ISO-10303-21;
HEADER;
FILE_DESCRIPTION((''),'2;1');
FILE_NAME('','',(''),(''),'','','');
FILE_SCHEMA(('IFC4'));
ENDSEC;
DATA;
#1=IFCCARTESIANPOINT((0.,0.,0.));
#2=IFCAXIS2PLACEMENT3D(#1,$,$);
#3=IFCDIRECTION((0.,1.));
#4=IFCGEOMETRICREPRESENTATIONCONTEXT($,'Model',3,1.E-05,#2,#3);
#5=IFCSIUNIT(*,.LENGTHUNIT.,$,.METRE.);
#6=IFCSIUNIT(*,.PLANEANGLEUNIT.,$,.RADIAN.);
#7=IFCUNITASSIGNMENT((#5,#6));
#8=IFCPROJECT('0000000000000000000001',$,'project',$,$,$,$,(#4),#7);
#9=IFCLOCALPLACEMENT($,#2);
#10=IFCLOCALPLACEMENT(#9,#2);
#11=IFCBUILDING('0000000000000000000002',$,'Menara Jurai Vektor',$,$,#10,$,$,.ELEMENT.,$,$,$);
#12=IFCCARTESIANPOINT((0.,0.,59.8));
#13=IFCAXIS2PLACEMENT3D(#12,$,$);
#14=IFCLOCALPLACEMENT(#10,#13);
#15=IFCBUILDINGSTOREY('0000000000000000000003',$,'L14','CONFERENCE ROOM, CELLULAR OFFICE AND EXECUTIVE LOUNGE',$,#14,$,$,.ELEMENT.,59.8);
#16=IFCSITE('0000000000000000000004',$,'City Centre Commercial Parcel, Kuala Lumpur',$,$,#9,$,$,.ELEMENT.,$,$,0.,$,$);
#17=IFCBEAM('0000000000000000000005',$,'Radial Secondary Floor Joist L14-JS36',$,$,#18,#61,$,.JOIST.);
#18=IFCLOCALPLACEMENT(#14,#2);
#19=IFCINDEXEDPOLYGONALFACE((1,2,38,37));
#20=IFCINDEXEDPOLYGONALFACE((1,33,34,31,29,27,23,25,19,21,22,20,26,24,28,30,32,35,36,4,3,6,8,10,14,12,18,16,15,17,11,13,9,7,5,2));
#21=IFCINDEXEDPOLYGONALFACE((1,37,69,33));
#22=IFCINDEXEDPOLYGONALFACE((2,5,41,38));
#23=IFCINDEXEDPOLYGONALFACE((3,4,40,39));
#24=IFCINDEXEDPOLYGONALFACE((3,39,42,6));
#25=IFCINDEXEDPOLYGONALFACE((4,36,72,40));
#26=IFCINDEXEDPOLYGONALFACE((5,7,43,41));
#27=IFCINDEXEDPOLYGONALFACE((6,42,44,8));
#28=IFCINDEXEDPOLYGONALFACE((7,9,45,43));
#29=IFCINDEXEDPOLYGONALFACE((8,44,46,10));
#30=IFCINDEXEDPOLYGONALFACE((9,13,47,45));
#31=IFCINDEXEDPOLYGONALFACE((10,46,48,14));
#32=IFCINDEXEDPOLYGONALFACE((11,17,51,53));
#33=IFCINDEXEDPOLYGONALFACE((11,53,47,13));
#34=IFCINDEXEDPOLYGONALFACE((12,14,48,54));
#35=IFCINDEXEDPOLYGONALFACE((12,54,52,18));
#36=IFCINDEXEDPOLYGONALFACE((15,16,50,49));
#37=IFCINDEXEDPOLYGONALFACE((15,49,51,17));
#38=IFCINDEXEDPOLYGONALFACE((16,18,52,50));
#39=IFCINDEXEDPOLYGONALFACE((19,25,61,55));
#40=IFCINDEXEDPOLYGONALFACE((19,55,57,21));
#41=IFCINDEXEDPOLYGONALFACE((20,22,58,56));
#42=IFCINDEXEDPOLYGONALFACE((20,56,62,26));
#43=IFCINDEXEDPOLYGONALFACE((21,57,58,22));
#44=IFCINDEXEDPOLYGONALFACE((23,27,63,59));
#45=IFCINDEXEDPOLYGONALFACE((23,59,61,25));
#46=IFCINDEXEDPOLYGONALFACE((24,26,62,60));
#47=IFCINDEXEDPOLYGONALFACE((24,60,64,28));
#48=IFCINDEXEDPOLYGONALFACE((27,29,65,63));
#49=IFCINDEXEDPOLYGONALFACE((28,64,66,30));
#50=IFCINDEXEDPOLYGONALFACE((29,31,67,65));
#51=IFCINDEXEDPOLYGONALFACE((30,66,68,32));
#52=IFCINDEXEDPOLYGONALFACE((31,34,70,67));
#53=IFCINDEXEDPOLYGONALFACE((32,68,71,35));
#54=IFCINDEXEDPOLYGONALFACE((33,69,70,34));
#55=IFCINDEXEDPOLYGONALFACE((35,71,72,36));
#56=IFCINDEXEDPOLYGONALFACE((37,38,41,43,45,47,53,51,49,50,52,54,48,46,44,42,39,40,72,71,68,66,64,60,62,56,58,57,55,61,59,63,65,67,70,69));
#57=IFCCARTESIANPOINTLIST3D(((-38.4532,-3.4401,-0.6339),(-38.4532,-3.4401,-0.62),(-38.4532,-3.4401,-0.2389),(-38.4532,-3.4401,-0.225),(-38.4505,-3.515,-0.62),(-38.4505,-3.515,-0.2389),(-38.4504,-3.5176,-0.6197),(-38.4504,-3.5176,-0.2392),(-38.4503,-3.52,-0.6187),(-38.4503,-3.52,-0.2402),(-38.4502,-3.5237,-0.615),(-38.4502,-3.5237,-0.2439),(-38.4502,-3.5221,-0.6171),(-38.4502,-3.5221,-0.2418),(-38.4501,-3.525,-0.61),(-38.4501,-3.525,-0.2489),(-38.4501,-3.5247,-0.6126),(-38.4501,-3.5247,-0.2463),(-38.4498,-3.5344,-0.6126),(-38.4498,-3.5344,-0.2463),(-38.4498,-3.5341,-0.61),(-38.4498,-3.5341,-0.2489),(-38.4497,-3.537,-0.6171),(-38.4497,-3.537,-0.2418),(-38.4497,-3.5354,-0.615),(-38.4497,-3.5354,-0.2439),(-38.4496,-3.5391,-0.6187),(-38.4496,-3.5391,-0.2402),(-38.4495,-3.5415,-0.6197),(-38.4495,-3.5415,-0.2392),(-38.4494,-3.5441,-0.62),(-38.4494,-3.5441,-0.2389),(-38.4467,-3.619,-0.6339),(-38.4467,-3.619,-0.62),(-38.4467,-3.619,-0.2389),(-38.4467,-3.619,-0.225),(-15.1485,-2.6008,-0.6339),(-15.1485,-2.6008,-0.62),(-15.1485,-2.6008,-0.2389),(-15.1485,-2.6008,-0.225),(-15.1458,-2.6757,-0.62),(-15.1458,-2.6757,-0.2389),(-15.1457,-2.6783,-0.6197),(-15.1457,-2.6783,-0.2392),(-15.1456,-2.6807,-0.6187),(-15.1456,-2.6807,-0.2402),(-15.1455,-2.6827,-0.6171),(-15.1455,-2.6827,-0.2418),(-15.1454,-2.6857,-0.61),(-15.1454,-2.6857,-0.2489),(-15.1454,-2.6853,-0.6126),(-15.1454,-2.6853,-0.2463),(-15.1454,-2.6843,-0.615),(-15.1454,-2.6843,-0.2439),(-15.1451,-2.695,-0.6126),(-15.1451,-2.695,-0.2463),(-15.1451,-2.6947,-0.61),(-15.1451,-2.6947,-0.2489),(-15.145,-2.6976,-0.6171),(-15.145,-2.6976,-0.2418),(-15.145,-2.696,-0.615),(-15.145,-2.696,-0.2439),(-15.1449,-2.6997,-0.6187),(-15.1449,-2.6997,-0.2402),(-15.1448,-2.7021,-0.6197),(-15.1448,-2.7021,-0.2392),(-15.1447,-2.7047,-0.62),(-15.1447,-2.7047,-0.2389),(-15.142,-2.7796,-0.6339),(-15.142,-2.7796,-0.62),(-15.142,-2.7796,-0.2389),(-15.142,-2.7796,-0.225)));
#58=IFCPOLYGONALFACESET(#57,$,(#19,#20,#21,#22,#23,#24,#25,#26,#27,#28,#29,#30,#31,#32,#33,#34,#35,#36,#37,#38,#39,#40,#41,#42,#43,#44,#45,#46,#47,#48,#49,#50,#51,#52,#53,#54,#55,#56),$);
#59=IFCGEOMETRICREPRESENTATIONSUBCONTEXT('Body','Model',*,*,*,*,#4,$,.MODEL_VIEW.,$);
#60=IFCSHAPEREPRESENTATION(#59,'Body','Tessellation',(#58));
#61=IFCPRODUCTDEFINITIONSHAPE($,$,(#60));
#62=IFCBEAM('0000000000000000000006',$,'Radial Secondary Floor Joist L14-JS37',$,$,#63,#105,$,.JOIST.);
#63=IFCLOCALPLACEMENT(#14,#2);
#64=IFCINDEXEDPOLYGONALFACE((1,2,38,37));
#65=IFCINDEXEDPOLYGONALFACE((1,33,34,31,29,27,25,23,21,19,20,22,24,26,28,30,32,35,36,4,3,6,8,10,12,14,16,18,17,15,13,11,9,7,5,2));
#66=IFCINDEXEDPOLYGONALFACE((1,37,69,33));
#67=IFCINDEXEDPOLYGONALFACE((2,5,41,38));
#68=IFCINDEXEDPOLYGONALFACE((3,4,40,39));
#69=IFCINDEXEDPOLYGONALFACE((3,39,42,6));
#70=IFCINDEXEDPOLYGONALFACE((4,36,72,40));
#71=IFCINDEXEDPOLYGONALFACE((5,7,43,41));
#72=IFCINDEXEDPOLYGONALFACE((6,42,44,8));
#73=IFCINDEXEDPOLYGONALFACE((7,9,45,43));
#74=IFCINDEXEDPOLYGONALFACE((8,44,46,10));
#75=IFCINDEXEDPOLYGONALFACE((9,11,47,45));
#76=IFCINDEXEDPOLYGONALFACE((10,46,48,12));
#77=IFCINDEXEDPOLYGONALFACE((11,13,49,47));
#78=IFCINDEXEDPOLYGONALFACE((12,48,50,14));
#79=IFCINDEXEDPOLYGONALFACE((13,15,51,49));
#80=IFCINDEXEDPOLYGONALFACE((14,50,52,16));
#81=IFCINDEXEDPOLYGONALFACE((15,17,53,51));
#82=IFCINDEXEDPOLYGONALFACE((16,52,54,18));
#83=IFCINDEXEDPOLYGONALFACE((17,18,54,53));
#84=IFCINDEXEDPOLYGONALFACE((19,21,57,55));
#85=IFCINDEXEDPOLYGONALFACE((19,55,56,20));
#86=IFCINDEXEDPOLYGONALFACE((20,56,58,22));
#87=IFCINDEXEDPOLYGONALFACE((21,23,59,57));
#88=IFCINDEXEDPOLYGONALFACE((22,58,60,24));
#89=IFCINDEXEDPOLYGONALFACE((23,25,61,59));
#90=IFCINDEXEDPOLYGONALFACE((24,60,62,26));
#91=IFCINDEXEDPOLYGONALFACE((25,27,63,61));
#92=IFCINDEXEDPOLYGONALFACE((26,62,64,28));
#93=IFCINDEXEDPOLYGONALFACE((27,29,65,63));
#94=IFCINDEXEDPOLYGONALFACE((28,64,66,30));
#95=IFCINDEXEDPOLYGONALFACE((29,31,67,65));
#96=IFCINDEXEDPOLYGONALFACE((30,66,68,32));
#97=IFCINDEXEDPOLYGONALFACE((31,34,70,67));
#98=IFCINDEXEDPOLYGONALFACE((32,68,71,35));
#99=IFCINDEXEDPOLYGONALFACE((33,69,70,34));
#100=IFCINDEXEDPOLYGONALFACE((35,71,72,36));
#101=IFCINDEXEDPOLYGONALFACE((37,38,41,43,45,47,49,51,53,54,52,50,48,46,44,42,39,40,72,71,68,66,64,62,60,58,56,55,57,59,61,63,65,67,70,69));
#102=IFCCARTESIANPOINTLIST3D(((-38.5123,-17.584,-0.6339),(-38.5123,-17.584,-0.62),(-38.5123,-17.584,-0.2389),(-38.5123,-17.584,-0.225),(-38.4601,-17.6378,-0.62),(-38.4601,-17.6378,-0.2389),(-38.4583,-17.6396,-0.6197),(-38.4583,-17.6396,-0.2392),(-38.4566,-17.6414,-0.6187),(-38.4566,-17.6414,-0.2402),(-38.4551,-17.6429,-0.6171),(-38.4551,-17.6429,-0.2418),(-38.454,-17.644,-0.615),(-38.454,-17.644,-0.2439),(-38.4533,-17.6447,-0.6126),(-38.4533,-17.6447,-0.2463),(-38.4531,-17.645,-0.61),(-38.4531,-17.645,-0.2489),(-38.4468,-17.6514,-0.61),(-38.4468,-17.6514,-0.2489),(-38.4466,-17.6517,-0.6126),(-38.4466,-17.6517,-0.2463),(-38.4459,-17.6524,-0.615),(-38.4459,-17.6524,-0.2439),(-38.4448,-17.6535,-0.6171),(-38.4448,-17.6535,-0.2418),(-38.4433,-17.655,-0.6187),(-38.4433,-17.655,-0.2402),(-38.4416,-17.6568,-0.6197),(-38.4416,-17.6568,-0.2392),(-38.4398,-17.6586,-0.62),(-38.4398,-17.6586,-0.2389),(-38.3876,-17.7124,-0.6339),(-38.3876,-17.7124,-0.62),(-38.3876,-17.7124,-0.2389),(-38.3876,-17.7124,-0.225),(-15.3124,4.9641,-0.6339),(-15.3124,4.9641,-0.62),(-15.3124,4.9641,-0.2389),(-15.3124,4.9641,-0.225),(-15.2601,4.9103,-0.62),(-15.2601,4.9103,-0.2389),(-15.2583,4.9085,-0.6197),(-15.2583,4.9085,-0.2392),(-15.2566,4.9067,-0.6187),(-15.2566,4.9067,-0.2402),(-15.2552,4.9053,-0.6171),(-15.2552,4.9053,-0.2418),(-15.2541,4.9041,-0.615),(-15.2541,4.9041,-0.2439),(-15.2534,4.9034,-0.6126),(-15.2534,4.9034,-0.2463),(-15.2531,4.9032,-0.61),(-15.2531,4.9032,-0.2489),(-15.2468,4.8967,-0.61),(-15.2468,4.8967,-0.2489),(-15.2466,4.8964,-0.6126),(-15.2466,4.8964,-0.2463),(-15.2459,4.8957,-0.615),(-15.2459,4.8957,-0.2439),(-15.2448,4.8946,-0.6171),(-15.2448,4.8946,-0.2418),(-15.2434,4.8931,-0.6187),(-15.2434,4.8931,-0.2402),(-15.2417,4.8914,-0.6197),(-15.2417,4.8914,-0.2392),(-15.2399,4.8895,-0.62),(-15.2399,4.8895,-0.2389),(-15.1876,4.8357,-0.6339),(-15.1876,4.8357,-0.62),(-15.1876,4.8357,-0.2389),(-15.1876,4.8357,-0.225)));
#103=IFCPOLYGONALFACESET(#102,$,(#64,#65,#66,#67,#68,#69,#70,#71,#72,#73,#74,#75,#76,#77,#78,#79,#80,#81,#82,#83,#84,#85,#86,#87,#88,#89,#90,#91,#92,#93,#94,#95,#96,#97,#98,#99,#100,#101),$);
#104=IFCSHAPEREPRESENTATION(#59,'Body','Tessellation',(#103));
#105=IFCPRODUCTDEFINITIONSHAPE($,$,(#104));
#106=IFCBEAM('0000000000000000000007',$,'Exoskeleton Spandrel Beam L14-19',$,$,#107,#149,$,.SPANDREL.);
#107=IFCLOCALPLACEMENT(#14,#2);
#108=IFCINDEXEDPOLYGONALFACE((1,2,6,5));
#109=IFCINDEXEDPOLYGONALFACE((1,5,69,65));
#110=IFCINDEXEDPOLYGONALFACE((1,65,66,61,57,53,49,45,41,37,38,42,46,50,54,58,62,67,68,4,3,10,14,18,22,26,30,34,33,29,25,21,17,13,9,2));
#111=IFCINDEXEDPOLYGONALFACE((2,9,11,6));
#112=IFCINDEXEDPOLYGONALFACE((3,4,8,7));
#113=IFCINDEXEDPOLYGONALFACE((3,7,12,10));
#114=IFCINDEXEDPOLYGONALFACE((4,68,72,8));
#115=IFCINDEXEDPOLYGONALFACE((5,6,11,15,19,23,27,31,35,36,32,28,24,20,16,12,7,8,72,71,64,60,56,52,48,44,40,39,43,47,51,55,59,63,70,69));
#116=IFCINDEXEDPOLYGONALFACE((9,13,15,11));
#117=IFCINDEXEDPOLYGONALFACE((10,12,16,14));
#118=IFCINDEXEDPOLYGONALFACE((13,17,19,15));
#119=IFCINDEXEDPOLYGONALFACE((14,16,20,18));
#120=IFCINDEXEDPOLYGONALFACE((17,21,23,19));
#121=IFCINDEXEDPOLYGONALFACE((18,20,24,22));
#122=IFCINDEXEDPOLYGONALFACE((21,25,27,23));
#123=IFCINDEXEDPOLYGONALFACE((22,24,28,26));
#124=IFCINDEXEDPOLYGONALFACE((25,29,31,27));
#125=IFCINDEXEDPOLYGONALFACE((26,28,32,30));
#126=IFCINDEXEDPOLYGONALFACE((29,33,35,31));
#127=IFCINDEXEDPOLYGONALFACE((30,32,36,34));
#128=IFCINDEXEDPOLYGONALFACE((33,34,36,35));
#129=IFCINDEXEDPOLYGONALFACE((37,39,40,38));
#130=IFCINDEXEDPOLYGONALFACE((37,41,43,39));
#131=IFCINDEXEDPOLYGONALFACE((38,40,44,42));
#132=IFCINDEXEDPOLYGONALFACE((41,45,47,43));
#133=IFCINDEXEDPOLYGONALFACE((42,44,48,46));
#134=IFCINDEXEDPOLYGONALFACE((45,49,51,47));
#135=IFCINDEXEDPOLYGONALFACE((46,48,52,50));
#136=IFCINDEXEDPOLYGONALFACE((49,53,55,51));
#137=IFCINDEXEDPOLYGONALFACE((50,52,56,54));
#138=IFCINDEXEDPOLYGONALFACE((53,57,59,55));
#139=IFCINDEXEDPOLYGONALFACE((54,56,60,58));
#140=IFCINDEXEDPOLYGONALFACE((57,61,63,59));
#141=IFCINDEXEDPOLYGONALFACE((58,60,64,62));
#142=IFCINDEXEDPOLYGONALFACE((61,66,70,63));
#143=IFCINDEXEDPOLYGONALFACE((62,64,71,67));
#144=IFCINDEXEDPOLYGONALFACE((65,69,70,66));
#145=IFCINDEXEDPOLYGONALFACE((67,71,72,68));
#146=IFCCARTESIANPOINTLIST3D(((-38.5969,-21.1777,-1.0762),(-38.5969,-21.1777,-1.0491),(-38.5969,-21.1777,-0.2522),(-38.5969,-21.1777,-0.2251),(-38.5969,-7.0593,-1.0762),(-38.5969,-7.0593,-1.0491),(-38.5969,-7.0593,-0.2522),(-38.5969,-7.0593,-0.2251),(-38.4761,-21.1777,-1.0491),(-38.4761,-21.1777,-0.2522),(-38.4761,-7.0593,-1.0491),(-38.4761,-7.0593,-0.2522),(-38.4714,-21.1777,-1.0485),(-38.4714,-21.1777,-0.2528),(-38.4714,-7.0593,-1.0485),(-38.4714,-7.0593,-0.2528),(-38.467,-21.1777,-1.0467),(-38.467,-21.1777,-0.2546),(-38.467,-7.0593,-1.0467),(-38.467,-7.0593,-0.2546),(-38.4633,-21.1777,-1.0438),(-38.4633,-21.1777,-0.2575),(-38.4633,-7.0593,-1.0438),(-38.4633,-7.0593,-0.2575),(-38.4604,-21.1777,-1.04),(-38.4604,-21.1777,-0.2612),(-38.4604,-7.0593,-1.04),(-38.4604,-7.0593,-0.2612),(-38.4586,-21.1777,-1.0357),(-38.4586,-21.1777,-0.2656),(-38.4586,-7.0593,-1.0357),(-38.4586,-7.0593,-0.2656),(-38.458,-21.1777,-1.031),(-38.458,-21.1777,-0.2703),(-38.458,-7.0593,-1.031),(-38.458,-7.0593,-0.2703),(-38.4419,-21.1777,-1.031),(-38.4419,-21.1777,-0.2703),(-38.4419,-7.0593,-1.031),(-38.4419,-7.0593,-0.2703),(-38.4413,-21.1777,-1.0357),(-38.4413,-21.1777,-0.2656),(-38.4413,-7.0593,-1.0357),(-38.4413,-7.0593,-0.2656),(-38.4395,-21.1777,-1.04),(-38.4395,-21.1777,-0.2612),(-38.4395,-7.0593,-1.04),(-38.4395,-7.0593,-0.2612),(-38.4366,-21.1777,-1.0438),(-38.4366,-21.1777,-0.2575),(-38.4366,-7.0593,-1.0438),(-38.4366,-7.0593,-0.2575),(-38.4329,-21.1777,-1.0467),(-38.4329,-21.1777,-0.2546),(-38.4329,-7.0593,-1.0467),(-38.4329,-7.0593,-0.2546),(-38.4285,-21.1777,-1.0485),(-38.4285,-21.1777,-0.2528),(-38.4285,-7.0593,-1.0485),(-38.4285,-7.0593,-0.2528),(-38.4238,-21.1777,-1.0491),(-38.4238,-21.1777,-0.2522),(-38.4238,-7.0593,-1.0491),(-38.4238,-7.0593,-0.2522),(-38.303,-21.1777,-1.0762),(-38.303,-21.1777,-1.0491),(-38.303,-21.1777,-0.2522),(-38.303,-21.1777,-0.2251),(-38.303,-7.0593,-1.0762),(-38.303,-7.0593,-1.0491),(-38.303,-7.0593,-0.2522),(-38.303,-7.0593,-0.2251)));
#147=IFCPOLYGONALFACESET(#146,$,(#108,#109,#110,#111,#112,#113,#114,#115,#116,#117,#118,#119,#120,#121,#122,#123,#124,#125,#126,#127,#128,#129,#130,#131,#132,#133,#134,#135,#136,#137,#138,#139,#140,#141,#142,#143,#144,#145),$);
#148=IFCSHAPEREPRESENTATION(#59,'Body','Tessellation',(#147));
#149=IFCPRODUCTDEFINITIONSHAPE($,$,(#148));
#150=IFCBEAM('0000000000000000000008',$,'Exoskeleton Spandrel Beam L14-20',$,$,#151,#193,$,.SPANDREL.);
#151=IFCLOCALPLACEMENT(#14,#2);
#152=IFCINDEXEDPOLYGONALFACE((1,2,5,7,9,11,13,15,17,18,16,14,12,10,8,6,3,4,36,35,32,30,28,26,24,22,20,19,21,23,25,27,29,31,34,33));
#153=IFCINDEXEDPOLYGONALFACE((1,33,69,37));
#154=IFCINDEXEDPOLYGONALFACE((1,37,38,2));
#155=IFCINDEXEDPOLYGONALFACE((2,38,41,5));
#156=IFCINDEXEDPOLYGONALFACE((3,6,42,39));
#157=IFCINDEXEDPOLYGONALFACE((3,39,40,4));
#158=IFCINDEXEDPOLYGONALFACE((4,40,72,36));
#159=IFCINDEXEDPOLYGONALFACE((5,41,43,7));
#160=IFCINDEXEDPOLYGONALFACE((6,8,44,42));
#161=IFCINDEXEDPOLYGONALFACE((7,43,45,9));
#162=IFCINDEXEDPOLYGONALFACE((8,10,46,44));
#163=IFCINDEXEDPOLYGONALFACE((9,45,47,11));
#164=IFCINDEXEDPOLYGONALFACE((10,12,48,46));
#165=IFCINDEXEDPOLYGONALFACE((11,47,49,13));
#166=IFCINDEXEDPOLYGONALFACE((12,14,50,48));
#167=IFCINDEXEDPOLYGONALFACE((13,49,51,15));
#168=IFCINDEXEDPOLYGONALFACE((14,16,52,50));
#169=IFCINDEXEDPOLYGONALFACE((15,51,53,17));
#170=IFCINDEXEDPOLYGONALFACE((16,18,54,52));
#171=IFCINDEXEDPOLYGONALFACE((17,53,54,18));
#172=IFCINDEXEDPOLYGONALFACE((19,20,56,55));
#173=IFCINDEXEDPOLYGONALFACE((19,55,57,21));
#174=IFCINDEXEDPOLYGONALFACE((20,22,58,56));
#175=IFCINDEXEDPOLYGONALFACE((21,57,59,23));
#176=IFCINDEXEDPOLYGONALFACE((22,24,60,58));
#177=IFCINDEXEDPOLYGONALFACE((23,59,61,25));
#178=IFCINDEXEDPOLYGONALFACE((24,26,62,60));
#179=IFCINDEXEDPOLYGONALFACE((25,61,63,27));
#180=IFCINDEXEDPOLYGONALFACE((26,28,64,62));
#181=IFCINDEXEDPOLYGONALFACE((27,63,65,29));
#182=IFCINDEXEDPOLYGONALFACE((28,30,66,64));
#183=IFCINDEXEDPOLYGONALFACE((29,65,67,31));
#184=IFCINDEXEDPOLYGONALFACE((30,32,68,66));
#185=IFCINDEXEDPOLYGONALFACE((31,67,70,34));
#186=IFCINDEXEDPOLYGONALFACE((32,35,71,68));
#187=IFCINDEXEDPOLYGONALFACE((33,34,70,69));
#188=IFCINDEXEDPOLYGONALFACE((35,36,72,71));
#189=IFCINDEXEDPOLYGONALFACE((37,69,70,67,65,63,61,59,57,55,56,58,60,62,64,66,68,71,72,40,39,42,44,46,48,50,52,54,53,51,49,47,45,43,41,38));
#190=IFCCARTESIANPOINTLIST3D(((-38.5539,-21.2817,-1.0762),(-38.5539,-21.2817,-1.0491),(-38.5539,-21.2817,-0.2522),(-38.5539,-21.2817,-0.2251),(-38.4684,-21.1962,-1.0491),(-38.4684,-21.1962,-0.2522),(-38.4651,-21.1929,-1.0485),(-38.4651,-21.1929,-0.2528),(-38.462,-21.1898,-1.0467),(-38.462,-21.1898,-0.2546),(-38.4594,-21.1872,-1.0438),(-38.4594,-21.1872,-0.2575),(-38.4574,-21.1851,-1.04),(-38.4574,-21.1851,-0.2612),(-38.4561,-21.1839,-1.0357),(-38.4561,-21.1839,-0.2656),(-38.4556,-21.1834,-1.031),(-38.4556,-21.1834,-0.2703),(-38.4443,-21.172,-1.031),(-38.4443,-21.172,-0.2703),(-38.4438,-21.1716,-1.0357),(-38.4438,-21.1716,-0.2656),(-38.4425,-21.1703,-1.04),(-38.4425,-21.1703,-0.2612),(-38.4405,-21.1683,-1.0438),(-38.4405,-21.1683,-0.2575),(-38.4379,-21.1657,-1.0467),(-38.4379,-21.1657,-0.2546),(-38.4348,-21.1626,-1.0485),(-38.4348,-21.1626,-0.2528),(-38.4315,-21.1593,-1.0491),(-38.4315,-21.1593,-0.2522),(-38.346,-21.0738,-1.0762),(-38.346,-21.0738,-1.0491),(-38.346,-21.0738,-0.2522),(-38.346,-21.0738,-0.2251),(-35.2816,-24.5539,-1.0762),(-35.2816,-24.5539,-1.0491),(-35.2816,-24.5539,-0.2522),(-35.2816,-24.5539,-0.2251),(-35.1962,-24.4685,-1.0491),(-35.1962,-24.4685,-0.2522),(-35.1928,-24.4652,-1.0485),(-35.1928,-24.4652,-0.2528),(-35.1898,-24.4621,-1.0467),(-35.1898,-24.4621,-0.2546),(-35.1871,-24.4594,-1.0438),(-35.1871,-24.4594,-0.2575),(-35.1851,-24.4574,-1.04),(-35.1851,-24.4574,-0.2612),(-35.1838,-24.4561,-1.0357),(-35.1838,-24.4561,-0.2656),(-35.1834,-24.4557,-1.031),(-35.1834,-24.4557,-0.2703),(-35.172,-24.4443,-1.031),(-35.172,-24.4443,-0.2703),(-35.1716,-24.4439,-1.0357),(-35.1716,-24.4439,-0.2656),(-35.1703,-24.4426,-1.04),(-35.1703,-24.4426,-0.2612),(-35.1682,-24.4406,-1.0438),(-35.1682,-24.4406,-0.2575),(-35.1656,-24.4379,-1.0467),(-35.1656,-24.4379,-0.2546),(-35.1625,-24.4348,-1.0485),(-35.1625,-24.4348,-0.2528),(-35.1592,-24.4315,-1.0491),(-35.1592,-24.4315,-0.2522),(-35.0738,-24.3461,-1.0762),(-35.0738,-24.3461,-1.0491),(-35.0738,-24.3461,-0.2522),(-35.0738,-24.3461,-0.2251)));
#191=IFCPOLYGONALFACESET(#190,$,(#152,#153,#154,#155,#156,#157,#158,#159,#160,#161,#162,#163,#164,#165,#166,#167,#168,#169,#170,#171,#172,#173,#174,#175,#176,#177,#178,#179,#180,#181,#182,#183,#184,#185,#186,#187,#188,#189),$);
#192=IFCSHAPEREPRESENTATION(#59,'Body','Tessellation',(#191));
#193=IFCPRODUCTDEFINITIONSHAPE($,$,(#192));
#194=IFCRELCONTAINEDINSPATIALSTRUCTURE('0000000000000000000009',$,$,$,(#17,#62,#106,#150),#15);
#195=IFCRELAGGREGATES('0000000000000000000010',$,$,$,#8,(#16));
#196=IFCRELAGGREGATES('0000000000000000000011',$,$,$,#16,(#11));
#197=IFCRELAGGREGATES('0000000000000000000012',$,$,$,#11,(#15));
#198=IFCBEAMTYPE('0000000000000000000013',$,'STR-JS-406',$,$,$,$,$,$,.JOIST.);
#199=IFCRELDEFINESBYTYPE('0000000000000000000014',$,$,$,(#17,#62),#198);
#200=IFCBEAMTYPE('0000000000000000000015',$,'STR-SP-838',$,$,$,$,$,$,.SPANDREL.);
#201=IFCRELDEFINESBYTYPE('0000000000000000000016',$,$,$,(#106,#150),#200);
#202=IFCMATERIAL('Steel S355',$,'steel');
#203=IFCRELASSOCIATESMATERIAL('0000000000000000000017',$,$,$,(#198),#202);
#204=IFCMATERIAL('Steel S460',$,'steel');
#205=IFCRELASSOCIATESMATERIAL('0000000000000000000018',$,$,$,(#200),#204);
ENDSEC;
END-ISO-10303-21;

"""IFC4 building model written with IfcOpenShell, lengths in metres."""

from ifc_helpers import new_model, si_unit, direction, frame, origin, origin_2d, place, context, subcontext, project, spatial, i_section, extrude, material, material_profile, profile_set, type_object, element, save


model = new_model("IFC4")

# Units and contexts
model_context = context("Model", 3, precision=1e-05, world=origin(), true_north=direction((0.0, 1.0)))
body_context = subcontext(model_context, "Body", "Model", "MODEL_VIEW")
ifc_project = project(units=[si_unit("LENGTHUNIT", "METRE"), si_unit("PLANEANGLEUNIT", "RADIAN")], contexts=[model_context])

# Site, building, storey
site_placement = place(None, origin())
site = spatial("IfcSite", under=ifc_project, at=site_placement, Name="City Centre Commercial Parcel, Kuala Lumpur", CompositionType="ELEMENT", RefElevation=0.0)
building_placement = place(site_placement, origin())
building = spatial("IfcBuilding", under=site, at=building_placement, Name="Menara Jurai Vektor", CompositionType="ELEMENT")
storey_placement = place(building_placement, frame((0.0, 0.0, 59.8)))
storey = spatial("IfcBuildingStorey", under=building, at=storey_placement, Name="L14", Description="CONFERENCE ROOM, CELLULAR OFFICE AND EXECUTIVE LOUNGE", CompositionType="ELEMENT", Elevation=59.8)

# Shared definitions
ifc_material_1 = material(Name="Steel S460", Category="steel")

# Shared definitions
ifc_material_2 = material(Name="Steel S355", Category="steel")

# Beams
ifc_material_profile_1 = material_profile(ifc_material_2, i_section(OverallWidth=0.179, OverallDepth=0.4089, WebThickness=0.009, FlangeThickness=0.0139, FilletRadius=0.01, at=origin_2d()), Name="UKB 406x178x67")
ifc_profile_set_1 = profile_set([ifc_material_profile_1], Name="Steel S355")
beam_type_1 = type_object("IfcBeamType", Name="STR-JS-406", PredefinedType="JOIST", material=ifc_profile_set_1)
beam_1_placement = place(storey_placement, frame((-38.45, -3.5295, -0.4294), z_axis=(0.999352, 0.035993, 0.0), x_axis=(-0.035993, 0.999352, 0.0)))
element("IfcBeam", 1, at=beam_1_placement, inside=storey, type_object=beam_type_1, Name="Radial Secondary Floor Joist L14-JS36", PredefinedType="JOIST", context=body_context, shape_type="SweptSolid", body=[
    extrude(i_section(OverallWidth=0.179, OverallDepth=0.4089, WebThickness=0.009, FlangeThickness=0.0139, FilletRadius=0.01, at=origin_2d()), origin(), (0.0, 0.0, 1.0), 23.3198),
])
beam_2_placement = place(storey_placement, frame((-38.45, -17.6482, -0.4294), z_axis=(0.717109, 0.696961, 0.0), x_axis=(-0.696961, 0.717109, 0.0)))
element("IfcBeam", 2, at=beam_2_placement, inside=storey, type_object=beam_type_1, Name="Radial Secondary Floor Joist L14-JS37", PredefinedType="JOIST", context=body_context, shape_type="SweptSolid", body=[
    extrude(i_section(OverallWidth=0.179, OverallDepth=0.4089, WebThickness=0.009, FlangeThickness=0.0139, FilletRadius=0.01, at=origin_2d()), origin(), (0.0, 0.0, 1.0), 32.3521),
])
ifc_material_profile_2 = material_profile(ifc_material_1, i_section(OverallWidth=0.2939, OverallDepth=0.8511, WebThickness=0.0161, FlangeThickness=0.0271, FilletRadius=0.0181, at=origin_2d()), Name="UKB 838x292x226")
ifc_profile_set_2 = profile_set([ifc_material_profile_2], Name="Steel S460")
beam_type_2 = type_object("IfcBeamType", Name="STR-SP-838", PredefinedType="SPANDREL", material=ifc_profile_set_2)
beam_3_placement = place(storey_placement, frame((-38.45, -7.0593, -0.6506), z_axis=(0.0, -1.0, 0.0), x_axis=(1.0, 0.0, 0.0)))
element("IfcBeam", 3, at=beam_3_placement, inside=storey, type_object=beam_type_2, Name="Exoskeleton Spandrel Beam L14-19", PredefinedType="SPANDREL", context=body_context, shape_type="SweptSolid", body=[
    extrude(i_section(OverallWidth=0.2939, OverallDepth=0.8511, WebThickness=0.0161, FlangeThickness=0.0271, FilletRadius=0.0181, at=origin_2d()), origin(), (0.0, 0.0, 1.0), 14.1184),
])
beam_4_placement = place(storey_placement, frame((-38.45, -21.1777, -0.6506), z_axis=(0.707107, -0.707107, 0.0), x_axis=(0.707107, 0.707107, 0.0)))
element("IfcBeam", 4, at=beam_4_placement, inside=storey, type_object=beam_type_2, Name="Exoskeleton Spandrel Beam L14-20", PredefinedType="SPANDREL", context=body_context, shape_type="SweptSolid", body=[
    extrude(i_section(OverallWidth=0.2939, OverallDepth=0.8511, WebThickness=0.0161, FlangeThickness=0.0271, FilletRadius=0.0181, at=origin_2d()), origin(), (0.0, 0.0, 1.0), 4.6277),
])

save(model, "model.ifc")
